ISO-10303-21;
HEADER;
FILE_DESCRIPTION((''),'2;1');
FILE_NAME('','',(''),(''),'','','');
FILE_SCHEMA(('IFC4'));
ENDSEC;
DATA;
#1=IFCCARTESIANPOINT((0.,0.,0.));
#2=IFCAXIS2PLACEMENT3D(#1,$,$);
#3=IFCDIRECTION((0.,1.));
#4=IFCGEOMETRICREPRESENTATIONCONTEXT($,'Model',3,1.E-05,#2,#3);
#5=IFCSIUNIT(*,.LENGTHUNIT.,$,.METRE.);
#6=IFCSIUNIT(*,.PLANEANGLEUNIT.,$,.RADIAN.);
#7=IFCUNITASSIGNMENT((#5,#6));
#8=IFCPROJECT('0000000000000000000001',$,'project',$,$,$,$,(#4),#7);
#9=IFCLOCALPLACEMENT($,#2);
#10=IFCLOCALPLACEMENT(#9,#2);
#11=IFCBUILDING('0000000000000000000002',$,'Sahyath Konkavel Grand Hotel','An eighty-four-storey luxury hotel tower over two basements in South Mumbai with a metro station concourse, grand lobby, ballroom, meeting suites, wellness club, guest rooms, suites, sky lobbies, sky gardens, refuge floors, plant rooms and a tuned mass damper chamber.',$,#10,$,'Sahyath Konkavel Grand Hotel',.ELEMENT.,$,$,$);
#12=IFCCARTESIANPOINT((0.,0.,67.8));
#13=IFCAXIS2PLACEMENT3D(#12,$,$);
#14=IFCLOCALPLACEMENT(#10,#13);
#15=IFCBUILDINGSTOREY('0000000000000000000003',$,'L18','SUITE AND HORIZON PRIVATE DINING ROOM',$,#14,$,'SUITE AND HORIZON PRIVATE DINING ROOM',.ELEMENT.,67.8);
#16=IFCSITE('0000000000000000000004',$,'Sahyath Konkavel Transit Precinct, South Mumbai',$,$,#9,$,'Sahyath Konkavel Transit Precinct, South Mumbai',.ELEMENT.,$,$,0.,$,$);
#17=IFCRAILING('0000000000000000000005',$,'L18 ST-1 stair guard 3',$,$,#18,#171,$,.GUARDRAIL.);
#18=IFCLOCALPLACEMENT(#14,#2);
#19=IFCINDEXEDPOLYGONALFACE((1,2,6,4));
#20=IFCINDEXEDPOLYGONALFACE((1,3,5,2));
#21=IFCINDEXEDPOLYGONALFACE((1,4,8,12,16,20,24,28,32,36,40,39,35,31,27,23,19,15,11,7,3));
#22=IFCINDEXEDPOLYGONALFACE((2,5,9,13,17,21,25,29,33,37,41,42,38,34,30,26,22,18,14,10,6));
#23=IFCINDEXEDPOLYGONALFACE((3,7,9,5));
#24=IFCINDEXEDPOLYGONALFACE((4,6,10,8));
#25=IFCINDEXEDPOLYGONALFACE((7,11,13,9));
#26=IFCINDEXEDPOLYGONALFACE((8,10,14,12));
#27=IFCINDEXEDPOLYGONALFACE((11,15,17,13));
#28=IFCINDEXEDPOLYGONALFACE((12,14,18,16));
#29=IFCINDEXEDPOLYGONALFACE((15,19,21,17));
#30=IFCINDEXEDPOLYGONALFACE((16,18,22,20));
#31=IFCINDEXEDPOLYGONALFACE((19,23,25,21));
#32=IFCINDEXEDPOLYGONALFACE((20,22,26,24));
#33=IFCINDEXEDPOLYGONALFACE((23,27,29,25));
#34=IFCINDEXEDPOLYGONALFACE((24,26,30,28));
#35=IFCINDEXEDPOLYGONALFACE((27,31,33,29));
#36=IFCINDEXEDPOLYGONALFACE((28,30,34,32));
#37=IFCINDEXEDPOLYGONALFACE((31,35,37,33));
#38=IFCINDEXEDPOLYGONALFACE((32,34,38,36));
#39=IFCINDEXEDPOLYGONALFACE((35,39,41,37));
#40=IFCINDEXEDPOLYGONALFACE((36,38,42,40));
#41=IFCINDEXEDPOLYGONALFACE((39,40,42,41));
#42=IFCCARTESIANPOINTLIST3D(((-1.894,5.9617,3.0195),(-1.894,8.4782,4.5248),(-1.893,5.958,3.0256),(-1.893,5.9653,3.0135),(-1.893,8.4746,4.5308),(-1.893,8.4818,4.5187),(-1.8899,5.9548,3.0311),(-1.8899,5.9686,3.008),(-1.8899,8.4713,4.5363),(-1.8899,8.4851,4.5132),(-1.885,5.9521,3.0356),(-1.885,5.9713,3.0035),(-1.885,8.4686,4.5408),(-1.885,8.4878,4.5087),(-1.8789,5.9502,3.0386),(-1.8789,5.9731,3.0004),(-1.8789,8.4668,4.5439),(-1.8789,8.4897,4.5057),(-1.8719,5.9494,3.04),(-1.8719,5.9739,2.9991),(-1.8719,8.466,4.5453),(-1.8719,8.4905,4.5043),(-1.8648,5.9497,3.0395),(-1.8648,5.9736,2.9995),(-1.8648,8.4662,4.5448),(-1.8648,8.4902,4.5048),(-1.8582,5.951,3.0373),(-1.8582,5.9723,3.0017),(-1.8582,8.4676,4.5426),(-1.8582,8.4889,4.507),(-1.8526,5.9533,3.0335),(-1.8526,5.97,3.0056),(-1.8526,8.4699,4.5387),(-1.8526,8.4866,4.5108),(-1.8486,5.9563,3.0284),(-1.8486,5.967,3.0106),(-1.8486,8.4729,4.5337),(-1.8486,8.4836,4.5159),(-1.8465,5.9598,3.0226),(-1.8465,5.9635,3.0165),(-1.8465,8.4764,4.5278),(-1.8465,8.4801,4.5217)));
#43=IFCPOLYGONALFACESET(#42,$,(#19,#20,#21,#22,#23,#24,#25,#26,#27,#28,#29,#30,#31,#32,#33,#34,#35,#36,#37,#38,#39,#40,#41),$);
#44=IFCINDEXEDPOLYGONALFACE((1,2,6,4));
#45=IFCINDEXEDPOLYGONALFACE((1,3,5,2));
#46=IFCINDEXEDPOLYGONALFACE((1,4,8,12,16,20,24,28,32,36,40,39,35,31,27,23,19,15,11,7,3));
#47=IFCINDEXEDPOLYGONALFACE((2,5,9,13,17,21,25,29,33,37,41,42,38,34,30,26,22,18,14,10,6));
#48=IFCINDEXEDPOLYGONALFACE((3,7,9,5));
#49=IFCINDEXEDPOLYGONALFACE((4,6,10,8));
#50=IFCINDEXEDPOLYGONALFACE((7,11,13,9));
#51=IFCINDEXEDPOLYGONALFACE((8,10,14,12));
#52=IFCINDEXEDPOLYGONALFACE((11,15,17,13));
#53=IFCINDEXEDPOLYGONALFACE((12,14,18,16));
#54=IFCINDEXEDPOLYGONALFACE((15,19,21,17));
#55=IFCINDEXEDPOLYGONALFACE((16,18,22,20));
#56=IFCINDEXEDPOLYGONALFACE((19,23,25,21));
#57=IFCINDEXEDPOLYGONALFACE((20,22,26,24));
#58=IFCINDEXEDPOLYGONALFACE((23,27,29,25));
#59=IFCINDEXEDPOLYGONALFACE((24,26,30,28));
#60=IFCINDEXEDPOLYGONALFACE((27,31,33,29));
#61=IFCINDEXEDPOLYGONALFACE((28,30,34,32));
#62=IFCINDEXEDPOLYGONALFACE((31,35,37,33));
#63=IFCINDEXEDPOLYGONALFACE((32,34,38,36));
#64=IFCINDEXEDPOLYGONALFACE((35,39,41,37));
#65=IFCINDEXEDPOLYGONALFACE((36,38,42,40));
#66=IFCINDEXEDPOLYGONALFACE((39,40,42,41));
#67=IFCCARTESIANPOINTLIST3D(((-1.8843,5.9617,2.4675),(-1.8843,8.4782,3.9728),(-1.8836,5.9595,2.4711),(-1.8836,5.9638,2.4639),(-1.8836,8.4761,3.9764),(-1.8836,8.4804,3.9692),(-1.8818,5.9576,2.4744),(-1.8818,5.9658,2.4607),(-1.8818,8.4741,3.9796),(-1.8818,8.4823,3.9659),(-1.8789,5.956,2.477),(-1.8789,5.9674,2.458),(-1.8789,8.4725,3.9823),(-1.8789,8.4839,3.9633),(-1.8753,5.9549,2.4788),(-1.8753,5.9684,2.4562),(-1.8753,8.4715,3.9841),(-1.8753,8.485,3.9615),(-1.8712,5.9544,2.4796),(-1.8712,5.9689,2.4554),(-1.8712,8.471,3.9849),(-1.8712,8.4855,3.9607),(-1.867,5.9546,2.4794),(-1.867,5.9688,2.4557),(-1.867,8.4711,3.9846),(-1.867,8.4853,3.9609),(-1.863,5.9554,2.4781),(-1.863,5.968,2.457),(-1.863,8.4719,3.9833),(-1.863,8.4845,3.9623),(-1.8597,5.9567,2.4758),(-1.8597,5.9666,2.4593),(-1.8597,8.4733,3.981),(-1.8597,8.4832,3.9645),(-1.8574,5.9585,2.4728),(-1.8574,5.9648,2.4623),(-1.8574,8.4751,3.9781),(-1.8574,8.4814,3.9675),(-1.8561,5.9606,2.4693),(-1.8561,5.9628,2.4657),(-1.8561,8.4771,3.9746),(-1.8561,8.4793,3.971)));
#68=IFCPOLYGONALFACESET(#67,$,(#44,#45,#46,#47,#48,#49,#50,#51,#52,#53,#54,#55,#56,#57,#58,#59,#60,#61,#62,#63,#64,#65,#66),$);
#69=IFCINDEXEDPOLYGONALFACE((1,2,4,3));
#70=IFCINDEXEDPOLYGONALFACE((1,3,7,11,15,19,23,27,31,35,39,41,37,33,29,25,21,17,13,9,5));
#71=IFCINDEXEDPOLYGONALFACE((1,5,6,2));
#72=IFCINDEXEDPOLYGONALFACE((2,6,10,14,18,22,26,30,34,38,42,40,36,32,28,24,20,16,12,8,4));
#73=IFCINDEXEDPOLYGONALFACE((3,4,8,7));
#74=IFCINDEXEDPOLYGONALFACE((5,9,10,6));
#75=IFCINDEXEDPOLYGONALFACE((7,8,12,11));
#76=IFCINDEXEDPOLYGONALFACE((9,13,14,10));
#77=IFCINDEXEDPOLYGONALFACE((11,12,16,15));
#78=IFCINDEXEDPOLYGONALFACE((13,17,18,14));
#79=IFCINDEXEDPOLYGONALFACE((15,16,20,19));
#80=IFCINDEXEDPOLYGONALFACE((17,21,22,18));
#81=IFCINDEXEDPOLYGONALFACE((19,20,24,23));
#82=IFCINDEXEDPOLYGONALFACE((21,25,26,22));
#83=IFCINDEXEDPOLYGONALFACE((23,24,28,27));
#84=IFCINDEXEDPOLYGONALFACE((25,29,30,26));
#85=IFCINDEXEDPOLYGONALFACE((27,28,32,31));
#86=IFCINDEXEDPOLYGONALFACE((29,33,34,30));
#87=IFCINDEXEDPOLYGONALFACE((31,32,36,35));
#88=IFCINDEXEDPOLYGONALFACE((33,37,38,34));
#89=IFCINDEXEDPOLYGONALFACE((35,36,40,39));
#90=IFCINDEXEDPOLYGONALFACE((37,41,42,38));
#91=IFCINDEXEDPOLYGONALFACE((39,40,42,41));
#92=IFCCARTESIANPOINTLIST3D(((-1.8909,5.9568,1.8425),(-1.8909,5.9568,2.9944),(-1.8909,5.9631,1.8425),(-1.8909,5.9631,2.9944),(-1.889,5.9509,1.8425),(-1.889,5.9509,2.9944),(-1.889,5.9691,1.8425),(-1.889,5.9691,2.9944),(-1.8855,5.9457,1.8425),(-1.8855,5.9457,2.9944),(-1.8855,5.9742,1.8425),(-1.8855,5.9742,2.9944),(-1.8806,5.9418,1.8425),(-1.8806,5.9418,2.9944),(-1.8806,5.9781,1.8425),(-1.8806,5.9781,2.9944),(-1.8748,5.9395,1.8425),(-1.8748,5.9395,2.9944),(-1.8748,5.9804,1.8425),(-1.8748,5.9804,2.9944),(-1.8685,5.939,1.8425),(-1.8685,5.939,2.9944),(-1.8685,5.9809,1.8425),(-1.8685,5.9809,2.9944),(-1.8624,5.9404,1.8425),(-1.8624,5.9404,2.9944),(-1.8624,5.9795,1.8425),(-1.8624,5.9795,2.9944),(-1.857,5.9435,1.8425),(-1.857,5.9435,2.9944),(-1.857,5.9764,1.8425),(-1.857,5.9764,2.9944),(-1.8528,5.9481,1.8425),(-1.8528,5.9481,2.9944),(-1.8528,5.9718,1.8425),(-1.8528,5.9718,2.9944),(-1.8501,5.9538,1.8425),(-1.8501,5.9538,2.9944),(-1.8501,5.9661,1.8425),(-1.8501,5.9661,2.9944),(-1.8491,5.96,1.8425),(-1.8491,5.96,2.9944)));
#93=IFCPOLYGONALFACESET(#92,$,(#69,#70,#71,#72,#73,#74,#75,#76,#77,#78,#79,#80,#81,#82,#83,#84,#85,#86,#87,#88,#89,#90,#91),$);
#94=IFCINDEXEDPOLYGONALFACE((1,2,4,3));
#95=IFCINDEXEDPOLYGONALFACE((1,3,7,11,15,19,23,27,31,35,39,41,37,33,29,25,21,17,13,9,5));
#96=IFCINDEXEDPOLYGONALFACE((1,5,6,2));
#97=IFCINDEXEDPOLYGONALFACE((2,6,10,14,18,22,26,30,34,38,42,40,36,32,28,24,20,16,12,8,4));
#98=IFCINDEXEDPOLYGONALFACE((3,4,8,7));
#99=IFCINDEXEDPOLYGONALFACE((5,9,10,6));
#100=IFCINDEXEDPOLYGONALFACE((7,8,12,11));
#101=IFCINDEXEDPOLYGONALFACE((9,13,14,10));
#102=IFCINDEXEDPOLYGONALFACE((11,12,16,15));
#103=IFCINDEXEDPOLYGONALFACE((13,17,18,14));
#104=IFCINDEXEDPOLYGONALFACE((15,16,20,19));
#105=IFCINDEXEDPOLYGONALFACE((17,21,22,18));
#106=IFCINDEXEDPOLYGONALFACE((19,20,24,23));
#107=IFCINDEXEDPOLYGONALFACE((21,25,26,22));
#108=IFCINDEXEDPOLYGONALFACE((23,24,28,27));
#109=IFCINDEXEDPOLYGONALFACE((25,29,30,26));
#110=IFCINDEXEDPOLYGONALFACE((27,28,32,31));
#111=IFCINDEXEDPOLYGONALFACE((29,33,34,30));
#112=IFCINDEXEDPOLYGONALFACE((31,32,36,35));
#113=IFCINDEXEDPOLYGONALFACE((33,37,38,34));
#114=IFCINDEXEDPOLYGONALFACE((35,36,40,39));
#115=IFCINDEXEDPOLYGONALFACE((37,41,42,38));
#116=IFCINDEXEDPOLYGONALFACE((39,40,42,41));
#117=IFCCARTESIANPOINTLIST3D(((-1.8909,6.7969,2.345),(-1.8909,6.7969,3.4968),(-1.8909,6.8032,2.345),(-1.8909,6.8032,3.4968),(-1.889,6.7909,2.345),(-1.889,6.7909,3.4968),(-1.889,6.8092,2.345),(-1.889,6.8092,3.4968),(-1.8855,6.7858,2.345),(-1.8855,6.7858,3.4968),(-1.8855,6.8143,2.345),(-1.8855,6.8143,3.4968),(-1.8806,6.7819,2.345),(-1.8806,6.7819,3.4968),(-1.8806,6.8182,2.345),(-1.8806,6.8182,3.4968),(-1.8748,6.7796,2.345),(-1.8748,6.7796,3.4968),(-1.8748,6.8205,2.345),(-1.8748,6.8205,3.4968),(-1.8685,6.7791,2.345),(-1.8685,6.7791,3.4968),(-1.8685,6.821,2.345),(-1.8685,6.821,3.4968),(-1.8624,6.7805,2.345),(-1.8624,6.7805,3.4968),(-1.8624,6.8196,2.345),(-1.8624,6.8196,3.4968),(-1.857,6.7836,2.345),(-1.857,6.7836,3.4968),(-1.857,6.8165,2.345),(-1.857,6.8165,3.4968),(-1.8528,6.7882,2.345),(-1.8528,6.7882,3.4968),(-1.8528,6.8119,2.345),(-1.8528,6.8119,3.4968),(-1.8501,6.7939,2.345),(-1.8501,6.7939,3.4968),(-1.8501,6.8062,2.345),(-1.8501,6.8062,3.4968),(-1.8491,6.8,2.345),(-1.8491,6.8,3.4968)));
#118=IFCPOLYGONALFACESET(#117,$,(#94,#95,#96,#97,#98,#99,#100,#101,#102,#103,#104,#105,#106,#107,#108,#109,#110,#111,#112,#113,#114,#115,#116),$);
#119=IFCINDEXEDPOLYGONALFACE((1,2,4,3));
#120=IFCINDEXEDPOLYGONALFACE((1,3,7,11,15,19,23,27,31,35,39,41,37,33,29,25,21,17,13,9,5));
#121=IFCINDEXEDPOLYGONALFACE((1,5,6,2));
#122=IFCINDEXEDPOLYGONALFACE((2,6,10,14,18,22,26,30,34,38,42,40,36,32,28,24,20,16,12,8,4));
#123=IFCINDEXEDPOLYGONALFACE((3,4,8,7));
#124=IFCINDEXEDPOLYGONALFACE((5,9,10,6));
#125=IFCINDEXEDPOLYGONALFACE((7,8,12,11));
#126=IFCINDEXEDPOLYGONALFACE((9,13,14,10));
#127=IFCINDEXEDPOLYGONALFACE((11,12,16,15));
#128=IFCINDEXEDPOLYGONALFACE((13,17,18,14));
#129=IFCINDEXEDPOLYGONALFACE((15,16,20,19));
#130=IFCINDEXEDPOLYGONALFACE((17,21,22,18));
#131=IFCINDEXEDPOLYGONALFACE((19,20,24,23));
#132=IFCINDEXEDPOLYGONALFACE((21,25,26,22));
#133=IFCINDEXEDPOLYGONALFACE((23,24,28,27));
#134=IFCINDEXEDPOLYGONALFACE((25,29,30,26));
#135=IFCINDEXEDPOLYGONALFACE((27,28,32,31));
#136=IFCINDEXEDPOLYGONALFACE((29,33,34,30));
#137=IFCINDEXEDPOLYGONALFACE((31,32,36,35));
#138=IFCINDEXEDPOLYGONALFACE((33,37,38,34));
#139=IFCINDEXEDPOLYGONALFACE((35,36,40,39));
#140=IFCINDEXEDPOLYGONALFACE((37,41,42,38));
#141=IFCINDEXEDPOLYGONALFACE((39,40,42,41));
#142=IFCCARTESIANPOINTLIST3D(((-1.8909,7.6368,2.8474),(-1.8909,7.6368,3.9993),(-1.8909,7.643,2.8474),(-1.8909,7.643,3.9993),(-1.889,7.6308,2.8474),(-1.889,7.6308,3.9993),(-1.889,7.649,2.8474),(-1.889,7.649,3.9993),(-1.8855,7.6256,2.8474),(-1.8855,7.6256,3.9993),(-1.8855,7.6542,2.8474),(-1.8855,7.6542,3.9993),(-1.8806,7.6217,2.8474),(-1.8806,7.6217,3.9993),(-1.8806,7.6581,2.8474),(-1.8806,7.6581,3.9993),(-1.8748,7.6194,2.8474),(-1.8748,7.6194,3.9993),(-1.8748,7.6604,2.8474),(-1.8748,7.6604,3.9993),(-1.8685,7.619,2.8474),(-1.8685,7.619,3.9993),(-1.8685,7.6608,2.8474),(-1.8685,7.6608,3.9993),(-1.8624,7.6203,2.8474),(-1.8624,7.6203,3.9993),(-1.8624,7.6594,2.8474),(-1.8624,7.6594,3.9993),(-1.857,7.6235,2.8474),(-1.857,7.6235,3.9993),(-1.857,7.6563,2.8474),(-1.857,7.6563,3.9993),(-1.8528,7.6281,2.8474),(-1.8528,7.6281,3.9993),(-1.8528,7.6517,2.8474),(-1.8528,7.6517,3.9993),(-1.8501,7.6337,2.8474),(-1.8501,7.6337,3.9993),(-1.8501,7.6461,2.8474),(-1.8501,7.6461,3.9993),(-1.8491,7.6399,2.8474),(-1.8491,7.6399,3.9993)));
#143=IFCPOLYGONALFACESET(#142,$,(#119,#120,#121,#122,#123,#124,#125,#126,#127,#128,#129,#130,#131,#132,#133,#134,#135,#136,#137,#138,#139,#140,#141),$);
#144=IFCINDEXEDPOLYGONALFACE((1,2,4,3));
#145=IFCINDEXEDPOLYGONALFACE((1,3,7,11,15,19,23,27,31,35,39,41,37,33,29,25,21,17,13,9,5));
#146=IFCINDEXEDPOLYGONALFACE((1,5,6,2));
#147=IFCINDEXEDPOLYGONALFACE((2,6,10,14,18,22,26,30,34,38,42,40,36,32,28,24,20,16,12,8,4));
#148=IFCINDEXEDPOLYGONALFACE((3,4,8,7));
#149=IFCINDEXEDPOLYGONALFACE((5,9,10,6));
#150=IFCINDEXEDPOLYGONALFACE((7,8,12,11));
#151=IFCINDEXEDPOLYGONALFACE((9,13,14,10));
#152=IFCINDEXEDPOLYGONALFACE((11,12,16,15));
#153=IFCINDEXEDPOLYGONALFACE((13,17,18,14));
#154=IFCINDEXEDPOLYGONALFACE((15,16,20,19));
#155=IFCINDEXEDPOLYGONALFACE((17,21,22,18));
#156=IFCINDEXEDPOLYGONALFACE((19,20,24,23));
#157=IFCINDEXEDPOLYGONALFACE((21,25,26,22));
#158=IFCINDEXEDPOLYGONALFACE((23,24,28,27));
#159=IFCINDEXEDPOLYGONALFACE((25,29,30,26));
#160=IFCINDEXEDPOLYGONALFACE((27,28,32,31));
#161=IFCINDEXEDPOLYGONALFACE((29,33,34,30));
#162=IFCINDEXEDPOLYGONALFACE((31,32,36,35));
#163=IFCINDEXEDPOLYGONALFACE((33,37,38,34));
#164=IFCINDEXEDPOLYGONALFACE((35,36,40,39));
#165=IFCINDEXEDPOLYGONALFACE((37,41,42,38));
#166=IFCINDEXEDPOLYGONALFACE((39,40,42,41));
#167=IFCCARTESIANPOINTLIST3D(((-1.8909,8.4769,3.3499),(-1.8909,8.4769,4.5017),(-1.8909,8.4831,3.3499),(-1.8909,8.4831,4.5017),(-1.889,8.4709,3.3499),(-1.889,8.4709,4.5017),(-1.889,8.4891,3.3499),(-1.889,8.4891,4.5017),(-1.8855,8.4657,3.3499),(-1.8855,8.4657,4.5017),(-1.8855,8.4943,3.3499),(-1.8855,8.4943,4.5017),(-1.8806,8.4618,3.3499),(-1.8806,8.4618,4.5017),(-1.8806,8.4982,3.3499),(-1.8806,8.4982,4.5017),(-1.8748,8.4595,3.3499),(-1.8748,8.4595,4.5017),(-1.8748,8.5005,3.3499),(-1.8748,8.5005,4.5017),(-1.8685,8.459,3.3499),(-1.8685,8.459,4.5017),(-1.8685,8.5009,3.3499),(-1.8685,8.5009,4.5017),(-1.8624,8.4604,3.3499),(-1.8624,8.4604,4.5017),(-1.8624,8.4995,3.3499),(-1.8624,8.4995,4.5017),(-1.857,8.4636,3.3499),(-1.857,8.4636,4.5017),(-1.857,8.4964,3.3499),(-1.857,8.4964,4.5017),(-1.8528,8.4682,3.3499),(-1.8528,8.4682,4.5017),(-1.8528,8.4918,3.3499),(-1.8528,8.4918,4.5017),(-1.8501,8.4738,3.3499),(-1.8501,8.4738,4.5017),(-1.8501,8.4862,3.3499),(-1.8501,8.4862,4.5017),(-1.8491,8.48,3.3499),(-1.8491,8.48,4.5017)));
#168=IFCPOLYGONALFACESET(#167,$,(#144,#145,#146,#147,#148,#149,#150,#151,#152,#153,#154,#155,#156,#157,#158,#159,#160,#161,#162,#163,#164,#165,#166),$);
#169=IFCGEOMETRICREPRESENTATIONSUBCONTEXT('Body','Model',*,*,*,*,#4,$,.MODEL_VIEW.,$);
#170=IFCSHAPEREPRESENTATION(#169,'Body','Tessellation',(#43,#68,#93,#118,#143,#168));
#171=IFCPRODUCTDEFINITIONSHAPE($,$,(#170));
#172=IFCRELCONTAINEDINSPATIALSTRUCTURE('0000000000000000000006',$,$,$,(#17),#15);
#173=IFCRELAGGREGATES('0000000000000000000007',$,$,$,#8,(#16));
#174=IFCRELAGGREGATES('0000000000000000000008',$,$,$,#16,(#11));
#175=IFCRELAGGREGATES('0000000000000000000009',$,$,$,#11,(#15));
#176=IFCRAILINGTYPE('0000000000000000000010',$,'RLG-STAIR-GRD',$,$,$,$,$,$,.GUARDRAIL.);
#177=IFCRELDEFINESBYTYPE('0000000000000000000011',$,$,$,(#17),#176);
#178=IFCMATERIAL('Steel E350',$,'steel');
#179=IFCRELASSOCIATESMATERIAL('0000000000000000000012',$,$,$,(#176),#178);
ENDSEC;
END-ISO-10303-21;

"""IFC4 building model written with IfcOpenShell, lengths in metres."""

from ifc_helpers import new_model, si_unit, direction, frame, origin, origin_2d, place, context, subcontext, project, spatial, circle, extrude, material, type_object, element, save


model = new_model("IFC4")

# Units and contexts
model_context = context("Model", 3, precision=1e-05, world=origin(), true_north=direction((0.0, 1.0)))
body_context = subcontext(model_context, "Body", "Model", "MODEL_VIEW")
ifc_project = project(units=[si_unit("LENGTHUNIT", "METRE"), si_unit("PLANEANGLEUNIT", "RADIAN")], contexts=[model_context])

# Site, building, storey
site_placement = place(None, origin())
site = spatial("IfcSite", under=ifc_project, at=site_placement, Name="Sahyath Konkavel Transit Precinct, South Mumbai", LongName="Sahyath Konkavel Transit Precinct, South Mumbai", CompositionType="ELEMENT", RefElevation=0.0)
building_placement = place(site_placement, origin())
building = spatial("IfcBuilding", under=site, at=building_placement, Name="Sahyath Konkavel Grand Hotel", Description="An eighty-four-storey luxury hotel tower over two basements in South Mumbai with a metro station concourse, grand lobby, ballroom, meeting suites, wellness club, guest rooms, suites, sky lobbies, sky gardens, refuge floors, plant rooms and a tuned mass damper chamber.", LongName="Sahyath Konkavel Grand Hotel", CompositionType="ELEMENT")
storey_placement = place(building_placement, frame((0.0, 0.0, 67.8)))
storey = spatial("IfcBuildingStorey", under=building, at=storey_placement, Name="L18", Description="SUITE AND HORIZON PRIVATE DINING ROOM", LongName="SUITE AND HORIZON PRIVATE DINING ROOM", CompositionType="ELEMENT", Elevation=67.8)

# Shared definitions
ifc_material_1 = material(Name="Steel E350", Category="steel")

# Railing
railing_type = type_object("IfcRailingType", Name="RLG-STAIR-GRD", PredefinedType="GUARDRAIL", material=ifc_material_1)
railing_1_placement = place(storey_placement, frame((-1.8701, 5.96, 1.8425)))
element("IfcRailing", 1, at=railing_1_placement, inside=storey, type_object=railing_type, Name="L18 ST-1 stair guard 3", PredefinedType="GUARDRAIL", context=body_context, shape_type="SweptSolid", body=[
    extrude(circle(Radius=0.0239, at=origin_2d()), frame((0.0, 0.0017, 1.177), z_axis=(0.0, 0.858196, 0.513321), x_axis=(-1.0, 0.0, 0.0)), (0.0, 0.0, 1.0), 2.9324),
    extrude(circle(Radius=0.0142, at=origin_2d()), frame((0.0, 0.0017, 0.625), z_axis=(0.0, 0.858196, 0.513321), x_axis=(-1.0, 0.0, 0.0)), (0.0, 0.0, 1.0), 2.9324),
    extrude(circle(Radius=0.021, at=origin_2d()), origin(), (0.0, 0.0, 1.0), 1.1519),
    extrude(circle(Radius=0.021, at=origin_2d()), frame((0.0, 0.8401, 0.5024)), (0.0, 0.0, 1.0), 1.1519),
    extrude(circle(Radius=0.021, at=origin_2d()), frame((0.0, 1.6799, 1.0049)), (0.0, 0.0, 1.0), 1.1519),
    extrude(circle(Radius=0.021, at=origin_2d()), frame((0.0, 2.52, 1.5073)), (0.0, 0.0, 1.0), 1.1519),
])

save(model, "model.ifc")
